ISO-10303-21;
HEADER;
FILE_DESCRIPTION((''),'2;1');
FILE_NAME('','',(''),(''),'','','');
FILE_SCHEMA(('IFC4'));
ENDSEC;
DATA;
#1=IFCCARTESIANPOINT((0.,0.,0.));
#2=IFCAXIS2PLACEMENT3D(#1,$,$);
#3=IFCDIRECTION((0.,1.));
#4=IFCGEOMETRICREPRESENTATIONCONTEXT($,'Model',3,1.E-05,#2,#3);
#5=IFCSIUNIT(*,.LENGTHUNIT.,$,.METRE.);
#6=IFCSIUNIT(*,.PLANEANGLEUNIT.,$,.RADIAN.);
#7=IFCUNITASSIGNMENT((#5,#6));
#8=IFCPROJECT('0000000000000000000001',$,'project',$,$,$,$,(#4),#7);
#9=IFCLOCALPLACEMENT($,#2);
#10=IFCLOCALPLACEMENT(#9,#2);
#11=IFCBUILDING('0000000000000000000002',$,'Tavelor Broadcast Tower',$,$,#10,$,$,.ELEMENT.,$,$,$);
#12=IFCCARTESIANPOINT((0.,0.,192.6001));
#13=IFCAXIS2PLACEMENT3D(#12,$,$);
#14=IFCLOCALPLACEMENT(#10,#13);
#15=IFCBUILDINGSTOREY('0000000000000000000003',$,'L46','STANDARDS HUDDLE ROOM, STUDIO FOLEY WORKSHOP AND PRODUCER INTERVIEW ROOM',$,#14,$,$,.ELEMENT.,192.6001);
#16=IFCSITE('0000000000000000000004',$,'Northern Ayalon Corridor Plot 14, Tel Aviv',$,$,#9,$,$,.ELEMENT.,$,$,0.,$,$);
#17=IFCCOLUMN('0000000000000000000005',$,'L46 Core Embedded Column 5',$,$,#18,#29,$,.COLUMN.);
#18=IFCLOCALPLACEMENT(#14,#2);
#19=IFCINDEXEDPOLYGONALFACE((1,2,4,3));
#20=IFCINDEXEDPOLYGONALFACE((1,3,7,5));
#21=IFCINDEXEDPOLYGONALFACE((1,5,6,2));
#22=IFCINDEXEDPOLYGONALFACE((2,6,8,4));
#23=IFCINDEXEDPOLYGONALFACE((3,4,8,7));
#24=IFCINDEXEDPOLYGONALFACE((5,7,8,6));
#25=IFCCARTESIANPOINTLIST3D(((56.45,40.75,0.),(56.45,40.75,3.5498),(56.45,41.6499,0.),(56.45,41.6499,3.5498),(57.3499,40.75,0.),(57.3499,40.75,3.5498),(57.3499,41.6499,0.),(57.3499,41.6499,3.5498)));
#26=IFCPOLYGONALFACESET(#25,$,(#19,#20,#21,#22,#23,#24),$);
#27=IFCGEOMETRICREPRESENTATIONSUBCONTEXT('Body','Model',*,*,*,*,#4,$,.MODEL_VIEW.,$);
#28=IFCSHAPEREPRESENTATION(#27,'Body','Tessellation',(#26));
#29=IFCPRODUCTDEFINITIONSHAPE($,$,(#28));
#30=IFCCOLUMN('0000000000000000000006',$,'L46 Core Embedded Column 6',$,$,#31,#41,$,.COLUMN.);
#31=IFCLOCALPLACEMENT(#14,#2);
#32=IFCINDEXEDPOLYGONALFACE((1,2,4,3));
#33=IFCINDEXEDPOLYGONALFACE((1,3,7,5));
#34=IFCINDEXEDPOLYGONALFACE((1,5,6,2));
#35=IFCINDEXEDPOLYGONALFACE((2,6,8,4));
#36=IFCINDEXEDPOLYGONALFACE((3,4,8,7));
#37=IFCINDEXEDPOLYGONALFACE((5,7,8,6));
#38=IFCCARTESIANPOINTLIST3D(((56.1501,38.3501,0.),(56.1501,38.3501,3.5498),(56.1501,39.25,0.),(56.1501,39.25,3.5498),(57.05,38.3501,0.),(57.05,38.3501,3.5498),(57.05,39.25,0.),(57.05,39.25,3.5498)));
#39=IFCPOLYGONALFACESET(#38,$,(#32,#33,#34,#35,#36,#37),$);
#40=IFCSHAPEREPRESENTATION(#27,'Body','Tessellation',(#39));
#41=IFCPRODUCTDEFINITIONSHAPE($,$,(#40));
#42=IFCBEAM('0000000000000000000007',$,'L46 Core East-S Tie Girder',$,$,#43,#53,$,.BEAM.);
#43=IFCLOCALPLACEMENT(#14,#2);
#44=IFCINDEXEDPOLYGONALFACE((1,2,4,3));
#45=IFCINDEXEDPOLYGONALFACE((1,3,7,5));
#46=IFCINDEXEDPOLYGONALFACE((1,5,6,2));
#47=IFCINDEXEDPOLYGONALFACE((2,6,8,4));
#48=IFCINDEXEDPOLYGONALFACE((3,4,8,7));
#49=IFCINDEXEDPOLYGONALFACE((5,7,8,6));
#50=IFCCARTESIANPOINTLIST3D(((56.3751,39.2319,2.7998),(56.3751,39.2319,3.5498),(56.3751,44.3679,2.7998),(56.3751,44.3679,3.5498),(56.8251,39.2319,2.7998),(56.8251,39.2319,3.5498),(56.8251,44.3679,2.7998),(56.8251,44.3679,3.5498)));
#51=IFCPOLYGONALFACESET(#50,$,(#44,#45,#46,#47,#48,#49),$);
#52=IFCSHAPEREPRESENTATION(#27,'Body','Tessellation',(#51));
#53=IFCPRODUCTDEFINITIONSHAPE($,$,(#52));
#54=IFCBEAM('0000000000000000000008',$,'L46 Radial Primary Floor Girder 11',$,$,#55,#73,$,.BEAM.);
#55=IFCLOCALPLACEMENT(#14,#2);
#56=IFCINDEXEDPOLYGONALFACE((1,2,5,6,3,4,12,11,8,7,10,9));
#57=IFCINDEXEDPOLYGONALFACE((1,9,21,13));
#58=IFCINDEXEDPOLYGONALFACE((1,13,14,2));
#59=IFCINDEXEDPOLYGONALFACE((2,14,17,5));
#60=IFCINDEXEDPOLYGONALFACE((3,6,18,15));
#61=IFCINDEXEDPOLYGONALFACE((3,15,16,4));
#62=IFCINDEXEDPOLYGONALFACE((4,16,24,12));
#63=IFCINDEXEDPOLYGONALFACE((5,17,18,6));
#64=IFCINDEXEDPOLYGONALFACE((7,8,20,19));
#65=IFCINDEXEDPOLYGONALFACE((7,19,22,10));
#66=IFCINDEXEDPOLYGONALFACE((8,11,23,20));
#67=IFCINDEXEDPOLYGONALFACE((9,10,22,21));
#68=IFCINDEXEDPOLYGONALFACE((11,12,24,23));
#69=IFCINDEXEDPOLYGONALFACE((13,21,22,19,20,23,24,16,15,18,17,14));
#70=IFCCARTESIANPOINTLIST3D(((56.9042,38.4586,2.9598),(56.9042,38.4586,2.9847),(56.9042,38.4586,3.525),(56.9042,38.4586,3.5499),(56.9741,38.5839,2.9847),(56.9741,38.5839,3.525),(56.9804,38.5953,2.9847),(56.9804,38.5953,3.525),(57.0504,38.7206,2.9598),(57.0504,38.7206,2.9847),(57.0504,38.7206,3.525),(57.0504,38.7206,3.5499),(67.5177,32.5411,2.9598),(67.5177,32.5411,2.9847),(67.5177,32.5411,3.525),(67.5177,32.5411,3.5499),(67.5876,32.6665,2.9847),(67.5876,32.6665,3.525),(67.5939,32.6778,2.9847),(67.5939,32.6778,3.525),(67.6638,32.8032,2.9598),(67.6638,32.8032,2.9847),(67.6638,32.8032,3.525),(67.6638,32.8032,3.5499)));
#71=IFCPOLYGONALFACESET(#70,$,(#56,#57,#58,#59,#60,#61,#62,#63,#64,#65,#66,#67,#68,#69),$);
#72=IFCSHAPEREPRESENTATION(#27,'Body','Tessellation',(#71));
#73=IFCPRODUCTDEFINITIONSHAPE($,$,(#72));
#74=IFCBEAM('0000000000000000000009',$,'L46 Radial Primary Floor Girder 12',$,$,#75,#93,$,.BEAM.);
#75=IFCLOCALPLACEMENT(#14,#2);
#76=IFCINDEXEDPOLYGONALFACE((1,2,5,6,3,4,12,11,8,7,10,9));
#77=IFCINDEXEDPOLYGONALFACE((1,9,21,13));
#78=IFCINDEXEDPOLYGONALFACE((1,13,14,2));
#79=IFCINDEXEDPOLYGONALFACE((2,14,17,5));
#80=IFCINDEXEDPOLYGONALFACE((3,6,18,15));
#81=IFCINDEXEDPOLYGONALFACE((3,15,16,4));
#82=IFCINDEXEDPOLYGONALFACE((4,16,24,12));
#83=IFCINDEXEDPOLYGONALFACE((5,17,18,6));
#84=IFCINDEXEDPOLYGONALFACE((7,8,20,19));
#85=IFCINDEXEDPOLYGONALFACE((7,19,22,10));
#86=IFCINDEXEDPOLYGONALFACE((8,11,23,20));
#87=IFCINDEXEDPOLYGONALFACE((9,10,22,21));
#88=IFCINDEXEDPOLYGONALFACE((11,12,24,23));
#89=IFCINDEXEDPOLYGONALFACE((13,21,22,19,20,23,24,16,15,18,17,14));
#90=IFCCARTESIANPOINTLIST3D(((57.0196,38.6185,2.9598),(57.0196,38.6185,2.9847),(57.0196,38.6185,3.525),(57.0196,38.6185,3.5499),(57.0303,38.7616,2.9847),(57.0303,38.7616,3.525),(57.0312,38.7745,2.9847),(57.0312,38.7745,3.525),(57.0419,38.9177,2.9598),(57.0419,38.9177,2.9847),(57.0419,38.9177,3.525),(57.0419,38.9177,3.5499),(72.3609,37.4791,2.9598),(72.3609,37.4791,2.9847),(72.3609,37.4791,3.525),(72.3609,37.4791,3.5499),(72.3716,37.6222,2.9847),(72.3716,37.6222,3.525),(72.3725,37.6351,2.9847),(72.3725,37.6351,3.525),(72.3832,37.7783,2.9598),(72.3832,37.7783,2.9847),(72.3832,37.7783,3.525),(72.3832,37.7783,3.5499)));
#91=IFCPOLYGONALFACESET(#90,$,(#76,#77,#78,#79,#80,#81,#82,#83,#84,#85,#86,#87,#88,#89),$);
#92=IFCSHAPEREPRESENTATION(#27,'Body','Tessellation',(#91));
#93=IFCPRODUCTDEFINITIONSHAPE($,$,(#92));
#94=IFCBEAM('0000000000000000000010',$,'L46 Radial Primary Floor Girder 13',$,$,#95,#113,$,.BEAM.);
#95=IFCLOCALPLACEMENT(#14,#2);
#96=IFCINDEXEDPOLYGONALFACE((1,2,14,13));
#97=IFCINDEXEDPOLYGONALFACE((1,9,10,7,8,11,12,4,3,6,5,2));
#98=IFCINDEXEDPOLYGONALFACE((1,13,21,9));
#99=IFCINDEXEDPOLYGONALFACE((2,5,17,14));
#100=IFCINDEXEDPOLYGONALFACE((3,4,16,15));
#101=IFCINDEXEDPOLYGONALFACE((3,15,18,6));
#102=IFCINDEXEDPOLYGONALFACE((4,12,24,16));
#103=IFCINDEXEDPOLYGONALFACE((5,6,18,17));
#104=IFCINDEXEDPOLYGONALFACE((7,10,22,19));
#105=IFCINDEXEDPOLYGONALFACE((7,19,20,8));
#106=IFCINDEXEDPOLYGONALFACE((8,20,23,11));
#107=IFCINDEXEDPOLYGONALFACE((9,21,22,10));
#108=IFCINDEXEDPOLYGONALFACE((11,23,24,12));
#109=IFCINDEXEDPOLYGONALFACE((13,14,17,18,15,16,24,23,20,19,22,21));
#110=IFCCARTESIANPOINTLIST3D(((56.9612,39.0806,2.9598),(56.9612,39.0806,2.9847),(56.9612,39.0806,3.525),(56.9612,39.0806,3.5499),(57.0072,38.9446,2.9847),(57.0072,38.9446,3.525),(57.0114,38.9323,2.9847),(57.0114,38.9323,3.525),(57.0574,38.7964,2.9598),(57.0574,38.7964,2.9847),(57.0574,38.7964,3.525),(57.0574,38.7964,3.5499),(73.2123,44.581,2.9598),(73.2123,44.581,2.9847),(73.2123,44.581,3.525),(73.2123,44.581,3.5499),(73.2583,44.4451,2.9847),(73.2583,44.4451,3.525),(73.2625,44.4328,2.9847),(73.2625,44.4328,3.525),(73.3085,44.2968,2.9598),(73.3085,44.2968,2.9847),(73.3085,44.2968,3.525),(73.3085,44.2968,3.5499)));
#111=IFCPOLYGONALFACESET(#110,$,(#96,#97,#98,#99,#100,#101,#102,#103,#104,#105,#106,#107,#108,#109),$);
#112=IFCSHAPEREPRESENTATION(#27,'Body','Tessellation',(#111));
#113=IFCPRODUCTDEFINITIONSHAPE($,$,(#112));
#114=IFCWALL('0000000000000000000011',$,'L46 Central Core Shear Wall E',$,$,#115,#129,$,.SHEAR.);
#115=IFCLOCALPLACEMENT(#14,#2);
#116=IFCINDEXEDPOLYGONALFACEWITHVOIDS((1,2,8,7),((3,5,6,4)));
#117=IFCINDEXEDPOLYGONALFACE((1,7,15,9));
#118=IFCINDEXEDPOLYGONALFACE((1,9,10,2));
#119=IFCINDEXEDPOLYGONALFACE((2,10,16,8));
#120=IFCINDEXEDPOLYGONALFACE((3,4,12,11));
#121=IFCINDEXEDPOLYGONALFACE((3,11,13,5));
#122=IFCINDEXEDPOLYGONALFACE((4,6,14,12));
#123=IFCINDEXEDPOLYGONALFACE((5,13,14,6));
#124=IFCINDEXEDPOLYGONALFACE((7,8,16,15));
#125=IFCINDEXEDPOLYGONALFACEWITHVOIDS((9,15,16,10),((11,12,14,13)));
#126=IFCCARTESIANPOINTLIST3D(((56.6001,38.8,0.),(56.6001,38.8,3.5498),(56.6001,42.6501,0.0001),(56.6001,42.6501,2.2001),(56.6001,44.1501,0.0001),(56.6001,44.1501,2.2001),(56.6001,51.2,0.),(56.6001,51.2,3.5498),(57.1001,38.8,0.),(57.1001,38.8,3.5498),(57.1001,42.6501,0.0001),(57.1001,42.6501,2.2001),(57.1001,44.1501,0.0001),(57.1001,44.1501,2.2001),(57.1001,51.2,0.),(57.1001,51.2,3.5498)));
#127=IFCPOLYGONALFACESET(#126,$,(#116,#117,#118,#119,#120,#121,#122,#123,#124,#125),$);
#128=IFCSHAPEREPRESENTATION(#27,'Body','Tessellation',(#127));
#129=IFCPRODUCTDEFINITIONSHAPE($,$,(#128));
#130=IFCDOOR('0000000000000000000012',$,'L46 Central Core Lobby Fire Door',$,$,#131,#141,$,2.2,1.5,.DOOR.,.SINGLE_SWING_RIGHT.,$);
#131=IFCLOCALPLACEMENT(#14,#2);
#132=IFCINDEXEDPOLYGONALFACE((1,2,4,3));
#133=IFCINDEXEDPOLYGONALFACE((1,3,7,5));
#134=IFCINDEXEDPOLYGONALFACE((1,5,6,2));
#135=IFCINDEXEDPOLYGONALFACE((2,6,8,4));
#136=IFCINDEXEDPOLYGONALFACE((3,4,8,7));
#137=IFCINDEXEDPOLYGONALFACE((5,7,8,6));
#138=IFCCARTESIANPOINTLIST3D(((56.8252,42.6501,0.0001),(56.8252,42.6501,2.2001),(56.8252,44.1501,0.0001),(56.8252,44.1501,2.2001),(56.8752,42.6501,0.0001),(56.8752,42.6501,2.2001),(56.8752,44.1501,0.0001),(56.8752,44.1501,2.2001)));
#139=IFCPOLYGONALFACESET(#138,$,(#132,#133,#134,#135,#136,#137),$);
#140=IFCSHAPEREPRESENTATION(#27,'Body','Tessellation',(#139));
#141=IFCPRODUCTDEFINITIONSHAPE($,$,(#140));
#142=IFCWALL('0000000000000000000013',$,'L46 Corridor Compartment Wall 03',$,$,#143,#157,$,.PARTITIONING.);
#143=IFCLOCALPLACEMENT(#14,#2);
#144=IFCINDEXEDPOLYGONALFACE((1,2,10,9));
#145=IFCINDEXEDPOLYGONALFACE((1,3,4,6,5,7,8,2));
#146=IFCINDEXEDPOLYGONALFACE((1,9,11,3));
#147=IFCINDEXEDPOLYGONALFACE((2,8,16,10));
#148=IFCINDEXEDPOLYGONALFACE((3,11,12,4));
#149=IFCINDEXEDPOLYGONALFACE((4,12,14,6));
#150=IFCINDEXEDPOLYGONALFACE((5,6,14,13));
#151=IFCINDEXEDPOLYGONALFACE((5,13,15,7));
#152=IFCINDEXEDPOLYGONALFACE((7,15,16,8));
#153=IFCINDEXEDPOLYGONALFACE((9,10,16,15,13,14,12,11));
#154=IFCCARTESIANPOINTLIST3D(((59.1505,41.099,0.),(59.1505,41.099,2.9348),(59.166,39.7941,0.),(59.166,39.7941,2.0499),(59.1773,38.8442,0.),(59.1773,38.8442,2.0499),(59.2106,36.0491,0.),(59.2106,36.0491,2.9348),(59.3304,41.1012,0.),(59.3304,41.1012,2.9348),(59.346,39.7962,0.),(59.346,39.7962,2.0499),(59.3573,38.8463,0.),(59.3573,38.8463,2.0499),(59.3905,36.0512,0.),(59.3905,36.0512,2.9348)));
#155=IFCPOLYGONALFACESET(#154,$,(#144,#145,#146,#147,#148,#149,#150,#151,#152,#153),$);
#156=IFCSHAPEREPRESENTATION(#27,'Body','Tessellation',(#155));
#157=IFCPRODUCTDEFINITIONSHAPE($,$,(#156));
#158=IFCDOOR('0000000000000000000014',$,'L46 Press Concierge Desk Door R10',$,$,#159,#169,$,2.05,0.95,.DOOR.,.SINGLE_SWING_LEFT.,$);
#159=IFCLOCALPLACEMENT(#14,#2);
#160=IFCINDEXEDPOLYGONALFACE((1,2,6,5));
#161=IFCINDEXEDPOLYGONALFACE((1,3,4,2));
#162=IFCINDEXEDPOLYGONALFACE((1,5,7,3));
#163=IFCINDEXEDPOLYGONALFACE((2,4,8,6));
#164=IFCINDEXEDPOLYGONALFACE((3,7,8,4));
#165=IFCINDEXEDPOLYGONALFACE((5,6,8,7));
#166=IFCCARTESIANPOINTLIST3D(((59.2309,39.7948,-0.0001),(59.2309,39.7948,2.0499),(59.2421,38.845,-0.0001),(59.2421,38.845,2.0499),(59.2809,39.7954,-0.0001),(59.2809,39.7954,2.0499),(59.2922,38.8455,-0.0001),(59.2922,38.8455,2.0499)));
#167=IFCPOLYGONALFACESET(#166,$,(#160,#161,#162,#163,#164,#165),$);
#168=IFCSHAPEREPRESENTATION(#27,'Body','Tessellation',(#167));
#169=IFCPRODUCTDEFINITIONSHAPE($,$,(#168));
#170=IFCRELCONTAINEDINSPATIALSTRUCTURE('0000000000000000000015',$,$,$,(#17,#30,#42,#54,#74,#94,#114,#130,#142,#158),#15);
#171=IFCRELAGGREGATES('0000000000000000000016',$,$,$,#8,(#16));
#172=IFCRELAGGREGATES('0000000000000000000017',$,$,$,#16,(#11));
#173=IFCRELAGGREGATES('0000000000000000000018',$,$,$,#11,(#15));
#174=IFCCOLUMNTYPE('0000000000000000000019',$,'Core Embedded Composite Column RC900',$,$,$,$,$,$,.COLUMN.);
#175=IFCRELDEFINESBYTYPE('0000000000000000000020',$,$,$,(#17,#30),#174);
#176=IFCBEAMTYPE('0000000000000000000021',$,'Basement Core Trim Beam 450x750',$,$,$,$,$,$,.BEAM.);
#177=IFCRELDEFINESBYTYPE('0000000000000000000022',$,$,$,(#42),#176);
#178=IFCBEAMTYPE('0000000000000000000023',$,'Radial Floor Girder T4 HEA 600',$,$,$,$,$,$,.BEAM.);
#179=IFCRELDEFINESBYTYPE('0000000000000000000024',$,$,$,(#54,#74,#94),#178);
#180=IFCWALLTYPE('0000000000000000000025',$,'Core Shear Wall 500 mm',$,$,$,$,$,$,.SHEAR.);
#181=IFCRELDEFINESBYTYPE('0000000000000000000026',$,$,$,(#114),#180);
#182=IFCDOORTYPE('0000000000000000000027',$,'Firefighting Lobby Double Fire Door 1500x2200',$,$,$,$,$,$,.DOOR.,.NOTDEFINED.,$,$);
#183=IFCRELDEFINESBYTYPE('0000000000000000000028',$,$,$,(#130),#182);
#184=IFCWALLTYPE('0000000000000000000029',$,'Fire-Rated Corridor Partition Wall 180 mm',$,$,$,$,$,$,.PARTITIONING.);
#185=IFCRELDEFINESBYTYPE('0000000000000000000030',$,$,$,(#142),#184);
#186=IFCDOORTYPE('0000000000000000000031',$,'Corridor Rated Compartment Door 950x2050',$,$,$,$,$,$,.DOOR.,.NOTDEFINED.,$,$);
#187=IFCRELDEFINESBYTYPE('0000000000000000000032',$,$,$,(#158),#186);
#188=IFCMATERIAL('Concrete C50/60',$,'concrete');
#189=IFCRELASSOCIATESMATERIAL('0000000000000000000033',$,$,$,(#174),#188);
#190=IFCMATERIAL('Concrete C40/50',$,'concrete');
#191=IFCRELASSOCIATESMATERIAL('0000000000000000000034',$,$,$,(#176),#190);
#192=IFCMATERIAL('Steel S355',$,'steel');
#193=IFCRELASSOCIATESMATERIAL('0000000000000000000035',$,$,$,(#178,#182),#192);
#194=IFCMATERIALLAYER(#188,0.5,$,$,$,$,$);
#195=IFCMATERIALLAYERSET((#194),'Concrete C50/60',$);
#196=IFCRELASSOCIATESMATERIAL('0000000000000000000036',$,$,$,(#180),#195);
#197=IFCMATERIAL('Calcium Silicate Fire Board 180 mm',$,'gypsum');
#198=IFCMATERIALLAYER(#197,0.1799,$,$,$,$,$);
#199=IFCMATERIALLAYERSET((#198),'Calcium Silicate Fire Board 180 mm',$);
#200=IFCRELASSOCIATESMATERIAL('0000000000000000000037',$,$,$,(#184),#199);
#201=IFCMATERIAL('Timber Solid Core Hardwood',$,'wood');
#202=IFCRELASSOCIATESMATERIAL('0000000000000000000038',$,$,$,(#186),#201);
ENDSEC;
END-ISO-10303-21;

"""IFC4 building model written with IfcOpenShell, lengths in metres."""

from ifc_helpers import new_model, si_unit, direction, frame, frame_2d, origin, origin_2d, place, context, subcontext, project, spatial, rectangle, i_section, extrude, material, layer, layer_set, material_profile, profile_set, type_object, element, fill, save


model = new_model("IFC4")

# Units and contexts
model_context = context("Model", 3, precision=1e-05, world=origin(), true_north=direction((0.0, 1.0)))
body_context = subcontext(model_context, "Body", "Model", "MODEL_VIEW")
ifc_project = project(units=[si_unit("LENGTHUNIT", "METRE"), si_unit("PLANEANGLEUNIT", "RADIAN")], contexts=[model_context])

# Site, building, storey
site_placement = place(None, origin())
site = spatial("IfcSite", under=ifc_project, at=site_placement, Name="Northern Ayalon Corridor Plot 14, Tel Aviv", CompositionType="ELEMENT", RefElevation=0.0)
building_placement = place(site_placement, origin())
building = spatial("IfcBuilding", under=site, at=building_placement, Name="Tavelor Broadcast Tower", CompositionType="ELEMENT")
storey_placement = place(building_placement, frame((0.0, 0.0, 192.6001)))
storey = spatial("IfcBuildingStorey", under=building, at=storey_placement, Name="L46", Description="STANDARDS HUDDLE ROOM, STUDIO FOLEY WORKSHOP AND PRODUCER INTERVIEW ROOM", CompositionType="ELEMENT", Elevation=192.6001)

# Columns
ifc_material_1 = material(Name="Concrete C50/60", Category="concrete")
ifc_material_profile_1 = material_profile(ifc_material_1, rectangle(XDim=0.8999, YDim=0.8999, at=origin_2d()), Name="RC 900x900")
ifc_profile_set_1 = profile_set([ifc_material_profile_1], Name="Concrete C50/60")
column_type = type_object("IfcColumnType", Name="Core Embedded Composite Column RC900", PredefinedType="COLUMN", material=ifc_profile_set_1)
for number, where, z_axis, x_axis, name in (
    (1, (56.8999, 41.2, 0.0), (0.0, 0.0, 1.0), (1.0, 0.0, 0.0), "L46 Core Embedded Column 5"),
    (2, (56.6001, 38.8, 0.0), (0.0, 0.0, 1.0), (1.0, 0.0, 0.0), "L46 Core Embedded Column 6"),
):
    element("IfcColumn", number, at=place(storey_placement, frame(where, z_axis=z_axis, x_axis=x_axis)), inside=storey, type_object=column_type, Name=name, PredefinedType="COLUMN", context=body_context, shape_type="SweptSolid", body=[
        extrude(rectangle(XDim=0.8999, YDim=0.8999, at=origin_2d()), origin(), (0.0, 0.0, 1.0), 3.5498),
    ])

# Beams
ifc_material_2 = material(Name="Concrete C40/50", Category="concrete")
ifc_material_profile_2 = material_profile(ifc_material_2, rectangle(XDim=0.45, YDim=0.75, at=origin_2d()), Name="RC 450x750")
ifc_profile_set_2 = profile_set([ifc_material_profile_2], Name="Concrete C40/50")
beam_type_1 = type_object("IfcBeamType", Name="Basement Core Trim Beam 450x750", PredefinedType="BEAM", material=ifc_profile_set_2)
beam_1_placement = place(storey_placement, frame((56.6001, 39.2319, 3.1748), z_axis=(0.0, 1.0, 0.0), x_axis=(-1.0, 0.0, 0.0)))
element("IfcBeam", 3, at=beam_1_placement, inside=storey, type_object=beam_type_1, Name="L46 Core East-S Tie Girder", PredefinedType="BEAM", context=body_context, shape_type="SweptSolid", body=[
    extrude(rectangle(XDim=0.45, YDim=0.75, at=origin_2d()), origin(), (0.0, 0.0, 1.0), 5.136),
])
ifc_material_3 = material(Name="Steel S355", Category="steel")
ifc_material_profile_3 = material_profile(ifc_material_3, i_section(OverallWidth=0.3, OverallDepth=0.5901, WebThickness=0.0129, FlangeThickness=0.0249, at=origin_2d()), Name="HEA 600")
ifc_profile_set_3 = profile_set([ifc_material_profile_3], Name="Steel S355")
beam_type_2 = type_object("IfcBeamType", Name="Radial Floor Girder T4 HEA 600", PredefinedType="BEAM", material=ifc_profile_set_3)
beam_2_placement = place(storey_placement, frame((56.9773, 38.5896, 3.2549), z_axis=(0.87342, -0.486968, 0.0), x_axis=(0.486968, 0.87342, 0.0)))
element("IfcBeam", 4, at=beam_2_placement, inside=storey, type_object=beam_type_2, Name="L46 Radial Primary Floor Girder 11", PredefinedType="BEAM", context=body_context, shape_type="SweptSolid", body=[
    extrude(i_section(OverallWidth=0.3, OverallDepth=0.5901, WebThickness=0.0129, FlangeThickness=0.0249, at=origin_2d()), origin(), (0.0, 0.0, 1.0), 12.1516),
])
beam_3_placement = place(storey_placement, frame((57.0308, 38.7681, 3.2549), z_axis=(0.997253, -0.074066, 0.0), x_axis=(0.074066, 0.997253, 0.0)))
element("IfcBeam", 5, at=beam_3_placement, inside=storey, type_object=beam_type_2, Name="L46 Radial Primary Floor Girder 12", PredefinedType="BEAM", context=body_context, shape_type="SweptSolid", body=[
    extrude(i_section(OverallWidth=0.3, OverallDepth=0.5901, WebThickness=0.0129, FlangeThickness=0.0249, at=origin_2d()), origin(), (0.0, 0.0, 1.0), 15.3835),
])
beam_4_placement = place(storey_placement, frame((57.0093, 38.9385, 3.2549), z_axis=(0.947215, 0.3206, 0.0), x_axis=(-0.3206, 0.947215, 0.0)))
element("IfcBeam", 6, at=beam_4_placement, inside=storey, type_object=beam_type_2, Name="L46 Radial Primary Floor Girder 13", PredefinedType="BEAM", context=body_context, shape_type="SweptSolid", body=[
    extrude(i_section(OverallWidth=0.3, OverallDepth=0.5901, WebThickness=0.0129, FlangeThickness=0.0249, at=origin_2d()), origin(), (0.0, 0.0, 1.0), 17.1567),
])

# Walls, openings, doors
ifc_layer_1 = layer(ifc_material_1, 0.5)
ifc_layer_set_1 = layer_set([ifc_layer_1], Name="Concrete C50/60")
wall_type_1 = type_object("IfcWallType", Name="Core Shear Wall 500 mm", PredefinedType="SHEAR", material=ifc_layer_set_1)
wall_1_placement = place(storey_placement, frame((56.8501, 38.8, 0.0), z_axis=(0.0, 0.0, 1.0), x_axis=(0.0, 1.0, 0.0)))
wall_1 = element("IfcWall", 7, at=wall_1_placement, inside=storey, type_object=wall_type_1, Name="L46 Central Core Shear Wall E", PredefinedType="SHEAR", context=body_context, shape_type="SweptSolid", body=[
    extrude(rectangle(XDim=12.3999, YDim=0.5, at=frame_2d((6.2, 0.0))), origin(), (0.0, 0.0, 1.0), 3.5498),
])
opening_1_placement = place(wall_1_placement, frame((3.8501, 0.0, 0.0)))
opening_1 = element("IfcOpeningElement", 8, at=opening_1_placement, cuts=wall_1, PredefinedType="OPENING", context=body_context, shape_type="SweptSolid", body=[
    extrude(rectangle(XDim=1.5, YDim=2.2, at=frame_2d((0.75, 1.1001))), frame((0.0, 0.26, 0.0), z_axis=(0.0, -1.0, 0.0), x_axis=(1.0, 0.0, 0.0)), (0.0, 0.0, 1.0), 0.52),
])
door_type_1 = type_object("IfcDoorType", Name="Firefighting Lobby Double Fire Door 1500x2200", OperationType="NOTDEFINED", PredefinedType="DOOR", material=ifc_material_3)
door_1_placement = place(opening_1_placement, origin())
door_1 = element("IfcDoor", 9, at=door_1_placement, inside=storey, type_object=door_type_1, Name="L46 Central Core Lobby Fire Door", OperationType="SINGLE_SWING_RIGHT", OverallHeight=2.2, OverallWidth=1.5, PredefinedType="DOOR", context=body_context, shape_type="SweptSolid", body=[
    extrude(rectangle(XDim=1.5, YDim=2.2, at=frame_2d((0.75, 1.1001))), frame((0.0, 0.0249, 0.0), z_axis=(0.0, -1.0, 0.0), x_axis=(1.0, 0.0, 0.0)), (0.0, 0.0, 1.0), 0.05),
])
fill(opening_1, door_1)
ifc_material_4 = material(Name="Calcium Silicate Fire Board 180 mm", Category="gypsum")
ifc_layer_2 = layer(ifc_material_4, 0.1799)
ifc_layer_set_2 = layer_set([ifc_layer_2], Name="Calcium Silicate Fire Board 180 mm")
wall_type_2 = type_object("IfcWallType", Name="Fire-Rated Corridor Partition Wall 180 mm", PredefinedType="PARTITIONING", material=ifc_layer_set_2)
wall_2_placement = place(storey_placement, frame((59.2405, 41.1001, 0.0), z_axis=(0.0, 0.0, 1.0), x_axis=(0.011892, -0.999929, 0.0)))
wall_2 = element("IfcWall", 10, at=wall_2_placement, inside=storey, type_object=wall_type_2, Name="L46 Corridor Compartment Wall 03", PredefinedType="PARTITIONING", context=body_context, shape_type="SweptSolid", body=[
    extrude(rectangle(XDim=5.0503, YDim=0.1799, at=frame_2d((2.5251, 0.0))), origin(), (0.0, 0.0, 1.0), 2.9348),
])
opening_2_placement = place(wall_2_placement, frame((1.3049, 0.0, 0.0)))
opening_2 = element("IfcOpeningElement", 11, at=opening_2_placement, cuts=wall_2, PredefinedType="OPENING", context=body_context, shape_type="SweptSolid", body=[
    extrude(rectangle(XDim=0.95, YDim=2.05, at=frame_2d((0.4751, 1.0249))), frame((0.0, 0.1001, 0.0), z_axis=(0.0, -1.0, 0.0), x_axis=(1.0, 0.0, 0.0)), (0.0, 0.0, 1.0), 0.2),
])
ifc_material_5 = material(Name="Timber Solid Core Hardwood", Category="wood")
door_type_2 = type_object("IfcDoorType", Name="Corridor Rated Compartment Door 950x2050", OperationType="NOTDEFINED", PredefinedType="DOOR", material=ifc_material_5)
door_2_placement = place(opening_2_placement, origin())
door_2 = element("IfcDoor", 12, at=door_2_placement, inside=storey, type_object=door_type_2, Name="L46 Press Concierge Desk Door R10", OperationType="SINGLE_SWING_LEFT", OverallHeight=2.05, OverallWidth=0.95, PredefinedType="DOOR", context=body_context, shape_type="SweptSolid", body=[
    extrude(rectangle(XDim=0.95, YDim=2.05, at=frame_2d((0.4751, 1.0249))), frame((0.0, 0.0249, 0.0), z_axis=(0.0, -1.0, 0.0), x_axis=(1.0, 0.0, 0.0)), (0.0, 0.0, 1.0), 0.05),
])
fill(opening_2, door_2)

save(model, "model.ifc")
